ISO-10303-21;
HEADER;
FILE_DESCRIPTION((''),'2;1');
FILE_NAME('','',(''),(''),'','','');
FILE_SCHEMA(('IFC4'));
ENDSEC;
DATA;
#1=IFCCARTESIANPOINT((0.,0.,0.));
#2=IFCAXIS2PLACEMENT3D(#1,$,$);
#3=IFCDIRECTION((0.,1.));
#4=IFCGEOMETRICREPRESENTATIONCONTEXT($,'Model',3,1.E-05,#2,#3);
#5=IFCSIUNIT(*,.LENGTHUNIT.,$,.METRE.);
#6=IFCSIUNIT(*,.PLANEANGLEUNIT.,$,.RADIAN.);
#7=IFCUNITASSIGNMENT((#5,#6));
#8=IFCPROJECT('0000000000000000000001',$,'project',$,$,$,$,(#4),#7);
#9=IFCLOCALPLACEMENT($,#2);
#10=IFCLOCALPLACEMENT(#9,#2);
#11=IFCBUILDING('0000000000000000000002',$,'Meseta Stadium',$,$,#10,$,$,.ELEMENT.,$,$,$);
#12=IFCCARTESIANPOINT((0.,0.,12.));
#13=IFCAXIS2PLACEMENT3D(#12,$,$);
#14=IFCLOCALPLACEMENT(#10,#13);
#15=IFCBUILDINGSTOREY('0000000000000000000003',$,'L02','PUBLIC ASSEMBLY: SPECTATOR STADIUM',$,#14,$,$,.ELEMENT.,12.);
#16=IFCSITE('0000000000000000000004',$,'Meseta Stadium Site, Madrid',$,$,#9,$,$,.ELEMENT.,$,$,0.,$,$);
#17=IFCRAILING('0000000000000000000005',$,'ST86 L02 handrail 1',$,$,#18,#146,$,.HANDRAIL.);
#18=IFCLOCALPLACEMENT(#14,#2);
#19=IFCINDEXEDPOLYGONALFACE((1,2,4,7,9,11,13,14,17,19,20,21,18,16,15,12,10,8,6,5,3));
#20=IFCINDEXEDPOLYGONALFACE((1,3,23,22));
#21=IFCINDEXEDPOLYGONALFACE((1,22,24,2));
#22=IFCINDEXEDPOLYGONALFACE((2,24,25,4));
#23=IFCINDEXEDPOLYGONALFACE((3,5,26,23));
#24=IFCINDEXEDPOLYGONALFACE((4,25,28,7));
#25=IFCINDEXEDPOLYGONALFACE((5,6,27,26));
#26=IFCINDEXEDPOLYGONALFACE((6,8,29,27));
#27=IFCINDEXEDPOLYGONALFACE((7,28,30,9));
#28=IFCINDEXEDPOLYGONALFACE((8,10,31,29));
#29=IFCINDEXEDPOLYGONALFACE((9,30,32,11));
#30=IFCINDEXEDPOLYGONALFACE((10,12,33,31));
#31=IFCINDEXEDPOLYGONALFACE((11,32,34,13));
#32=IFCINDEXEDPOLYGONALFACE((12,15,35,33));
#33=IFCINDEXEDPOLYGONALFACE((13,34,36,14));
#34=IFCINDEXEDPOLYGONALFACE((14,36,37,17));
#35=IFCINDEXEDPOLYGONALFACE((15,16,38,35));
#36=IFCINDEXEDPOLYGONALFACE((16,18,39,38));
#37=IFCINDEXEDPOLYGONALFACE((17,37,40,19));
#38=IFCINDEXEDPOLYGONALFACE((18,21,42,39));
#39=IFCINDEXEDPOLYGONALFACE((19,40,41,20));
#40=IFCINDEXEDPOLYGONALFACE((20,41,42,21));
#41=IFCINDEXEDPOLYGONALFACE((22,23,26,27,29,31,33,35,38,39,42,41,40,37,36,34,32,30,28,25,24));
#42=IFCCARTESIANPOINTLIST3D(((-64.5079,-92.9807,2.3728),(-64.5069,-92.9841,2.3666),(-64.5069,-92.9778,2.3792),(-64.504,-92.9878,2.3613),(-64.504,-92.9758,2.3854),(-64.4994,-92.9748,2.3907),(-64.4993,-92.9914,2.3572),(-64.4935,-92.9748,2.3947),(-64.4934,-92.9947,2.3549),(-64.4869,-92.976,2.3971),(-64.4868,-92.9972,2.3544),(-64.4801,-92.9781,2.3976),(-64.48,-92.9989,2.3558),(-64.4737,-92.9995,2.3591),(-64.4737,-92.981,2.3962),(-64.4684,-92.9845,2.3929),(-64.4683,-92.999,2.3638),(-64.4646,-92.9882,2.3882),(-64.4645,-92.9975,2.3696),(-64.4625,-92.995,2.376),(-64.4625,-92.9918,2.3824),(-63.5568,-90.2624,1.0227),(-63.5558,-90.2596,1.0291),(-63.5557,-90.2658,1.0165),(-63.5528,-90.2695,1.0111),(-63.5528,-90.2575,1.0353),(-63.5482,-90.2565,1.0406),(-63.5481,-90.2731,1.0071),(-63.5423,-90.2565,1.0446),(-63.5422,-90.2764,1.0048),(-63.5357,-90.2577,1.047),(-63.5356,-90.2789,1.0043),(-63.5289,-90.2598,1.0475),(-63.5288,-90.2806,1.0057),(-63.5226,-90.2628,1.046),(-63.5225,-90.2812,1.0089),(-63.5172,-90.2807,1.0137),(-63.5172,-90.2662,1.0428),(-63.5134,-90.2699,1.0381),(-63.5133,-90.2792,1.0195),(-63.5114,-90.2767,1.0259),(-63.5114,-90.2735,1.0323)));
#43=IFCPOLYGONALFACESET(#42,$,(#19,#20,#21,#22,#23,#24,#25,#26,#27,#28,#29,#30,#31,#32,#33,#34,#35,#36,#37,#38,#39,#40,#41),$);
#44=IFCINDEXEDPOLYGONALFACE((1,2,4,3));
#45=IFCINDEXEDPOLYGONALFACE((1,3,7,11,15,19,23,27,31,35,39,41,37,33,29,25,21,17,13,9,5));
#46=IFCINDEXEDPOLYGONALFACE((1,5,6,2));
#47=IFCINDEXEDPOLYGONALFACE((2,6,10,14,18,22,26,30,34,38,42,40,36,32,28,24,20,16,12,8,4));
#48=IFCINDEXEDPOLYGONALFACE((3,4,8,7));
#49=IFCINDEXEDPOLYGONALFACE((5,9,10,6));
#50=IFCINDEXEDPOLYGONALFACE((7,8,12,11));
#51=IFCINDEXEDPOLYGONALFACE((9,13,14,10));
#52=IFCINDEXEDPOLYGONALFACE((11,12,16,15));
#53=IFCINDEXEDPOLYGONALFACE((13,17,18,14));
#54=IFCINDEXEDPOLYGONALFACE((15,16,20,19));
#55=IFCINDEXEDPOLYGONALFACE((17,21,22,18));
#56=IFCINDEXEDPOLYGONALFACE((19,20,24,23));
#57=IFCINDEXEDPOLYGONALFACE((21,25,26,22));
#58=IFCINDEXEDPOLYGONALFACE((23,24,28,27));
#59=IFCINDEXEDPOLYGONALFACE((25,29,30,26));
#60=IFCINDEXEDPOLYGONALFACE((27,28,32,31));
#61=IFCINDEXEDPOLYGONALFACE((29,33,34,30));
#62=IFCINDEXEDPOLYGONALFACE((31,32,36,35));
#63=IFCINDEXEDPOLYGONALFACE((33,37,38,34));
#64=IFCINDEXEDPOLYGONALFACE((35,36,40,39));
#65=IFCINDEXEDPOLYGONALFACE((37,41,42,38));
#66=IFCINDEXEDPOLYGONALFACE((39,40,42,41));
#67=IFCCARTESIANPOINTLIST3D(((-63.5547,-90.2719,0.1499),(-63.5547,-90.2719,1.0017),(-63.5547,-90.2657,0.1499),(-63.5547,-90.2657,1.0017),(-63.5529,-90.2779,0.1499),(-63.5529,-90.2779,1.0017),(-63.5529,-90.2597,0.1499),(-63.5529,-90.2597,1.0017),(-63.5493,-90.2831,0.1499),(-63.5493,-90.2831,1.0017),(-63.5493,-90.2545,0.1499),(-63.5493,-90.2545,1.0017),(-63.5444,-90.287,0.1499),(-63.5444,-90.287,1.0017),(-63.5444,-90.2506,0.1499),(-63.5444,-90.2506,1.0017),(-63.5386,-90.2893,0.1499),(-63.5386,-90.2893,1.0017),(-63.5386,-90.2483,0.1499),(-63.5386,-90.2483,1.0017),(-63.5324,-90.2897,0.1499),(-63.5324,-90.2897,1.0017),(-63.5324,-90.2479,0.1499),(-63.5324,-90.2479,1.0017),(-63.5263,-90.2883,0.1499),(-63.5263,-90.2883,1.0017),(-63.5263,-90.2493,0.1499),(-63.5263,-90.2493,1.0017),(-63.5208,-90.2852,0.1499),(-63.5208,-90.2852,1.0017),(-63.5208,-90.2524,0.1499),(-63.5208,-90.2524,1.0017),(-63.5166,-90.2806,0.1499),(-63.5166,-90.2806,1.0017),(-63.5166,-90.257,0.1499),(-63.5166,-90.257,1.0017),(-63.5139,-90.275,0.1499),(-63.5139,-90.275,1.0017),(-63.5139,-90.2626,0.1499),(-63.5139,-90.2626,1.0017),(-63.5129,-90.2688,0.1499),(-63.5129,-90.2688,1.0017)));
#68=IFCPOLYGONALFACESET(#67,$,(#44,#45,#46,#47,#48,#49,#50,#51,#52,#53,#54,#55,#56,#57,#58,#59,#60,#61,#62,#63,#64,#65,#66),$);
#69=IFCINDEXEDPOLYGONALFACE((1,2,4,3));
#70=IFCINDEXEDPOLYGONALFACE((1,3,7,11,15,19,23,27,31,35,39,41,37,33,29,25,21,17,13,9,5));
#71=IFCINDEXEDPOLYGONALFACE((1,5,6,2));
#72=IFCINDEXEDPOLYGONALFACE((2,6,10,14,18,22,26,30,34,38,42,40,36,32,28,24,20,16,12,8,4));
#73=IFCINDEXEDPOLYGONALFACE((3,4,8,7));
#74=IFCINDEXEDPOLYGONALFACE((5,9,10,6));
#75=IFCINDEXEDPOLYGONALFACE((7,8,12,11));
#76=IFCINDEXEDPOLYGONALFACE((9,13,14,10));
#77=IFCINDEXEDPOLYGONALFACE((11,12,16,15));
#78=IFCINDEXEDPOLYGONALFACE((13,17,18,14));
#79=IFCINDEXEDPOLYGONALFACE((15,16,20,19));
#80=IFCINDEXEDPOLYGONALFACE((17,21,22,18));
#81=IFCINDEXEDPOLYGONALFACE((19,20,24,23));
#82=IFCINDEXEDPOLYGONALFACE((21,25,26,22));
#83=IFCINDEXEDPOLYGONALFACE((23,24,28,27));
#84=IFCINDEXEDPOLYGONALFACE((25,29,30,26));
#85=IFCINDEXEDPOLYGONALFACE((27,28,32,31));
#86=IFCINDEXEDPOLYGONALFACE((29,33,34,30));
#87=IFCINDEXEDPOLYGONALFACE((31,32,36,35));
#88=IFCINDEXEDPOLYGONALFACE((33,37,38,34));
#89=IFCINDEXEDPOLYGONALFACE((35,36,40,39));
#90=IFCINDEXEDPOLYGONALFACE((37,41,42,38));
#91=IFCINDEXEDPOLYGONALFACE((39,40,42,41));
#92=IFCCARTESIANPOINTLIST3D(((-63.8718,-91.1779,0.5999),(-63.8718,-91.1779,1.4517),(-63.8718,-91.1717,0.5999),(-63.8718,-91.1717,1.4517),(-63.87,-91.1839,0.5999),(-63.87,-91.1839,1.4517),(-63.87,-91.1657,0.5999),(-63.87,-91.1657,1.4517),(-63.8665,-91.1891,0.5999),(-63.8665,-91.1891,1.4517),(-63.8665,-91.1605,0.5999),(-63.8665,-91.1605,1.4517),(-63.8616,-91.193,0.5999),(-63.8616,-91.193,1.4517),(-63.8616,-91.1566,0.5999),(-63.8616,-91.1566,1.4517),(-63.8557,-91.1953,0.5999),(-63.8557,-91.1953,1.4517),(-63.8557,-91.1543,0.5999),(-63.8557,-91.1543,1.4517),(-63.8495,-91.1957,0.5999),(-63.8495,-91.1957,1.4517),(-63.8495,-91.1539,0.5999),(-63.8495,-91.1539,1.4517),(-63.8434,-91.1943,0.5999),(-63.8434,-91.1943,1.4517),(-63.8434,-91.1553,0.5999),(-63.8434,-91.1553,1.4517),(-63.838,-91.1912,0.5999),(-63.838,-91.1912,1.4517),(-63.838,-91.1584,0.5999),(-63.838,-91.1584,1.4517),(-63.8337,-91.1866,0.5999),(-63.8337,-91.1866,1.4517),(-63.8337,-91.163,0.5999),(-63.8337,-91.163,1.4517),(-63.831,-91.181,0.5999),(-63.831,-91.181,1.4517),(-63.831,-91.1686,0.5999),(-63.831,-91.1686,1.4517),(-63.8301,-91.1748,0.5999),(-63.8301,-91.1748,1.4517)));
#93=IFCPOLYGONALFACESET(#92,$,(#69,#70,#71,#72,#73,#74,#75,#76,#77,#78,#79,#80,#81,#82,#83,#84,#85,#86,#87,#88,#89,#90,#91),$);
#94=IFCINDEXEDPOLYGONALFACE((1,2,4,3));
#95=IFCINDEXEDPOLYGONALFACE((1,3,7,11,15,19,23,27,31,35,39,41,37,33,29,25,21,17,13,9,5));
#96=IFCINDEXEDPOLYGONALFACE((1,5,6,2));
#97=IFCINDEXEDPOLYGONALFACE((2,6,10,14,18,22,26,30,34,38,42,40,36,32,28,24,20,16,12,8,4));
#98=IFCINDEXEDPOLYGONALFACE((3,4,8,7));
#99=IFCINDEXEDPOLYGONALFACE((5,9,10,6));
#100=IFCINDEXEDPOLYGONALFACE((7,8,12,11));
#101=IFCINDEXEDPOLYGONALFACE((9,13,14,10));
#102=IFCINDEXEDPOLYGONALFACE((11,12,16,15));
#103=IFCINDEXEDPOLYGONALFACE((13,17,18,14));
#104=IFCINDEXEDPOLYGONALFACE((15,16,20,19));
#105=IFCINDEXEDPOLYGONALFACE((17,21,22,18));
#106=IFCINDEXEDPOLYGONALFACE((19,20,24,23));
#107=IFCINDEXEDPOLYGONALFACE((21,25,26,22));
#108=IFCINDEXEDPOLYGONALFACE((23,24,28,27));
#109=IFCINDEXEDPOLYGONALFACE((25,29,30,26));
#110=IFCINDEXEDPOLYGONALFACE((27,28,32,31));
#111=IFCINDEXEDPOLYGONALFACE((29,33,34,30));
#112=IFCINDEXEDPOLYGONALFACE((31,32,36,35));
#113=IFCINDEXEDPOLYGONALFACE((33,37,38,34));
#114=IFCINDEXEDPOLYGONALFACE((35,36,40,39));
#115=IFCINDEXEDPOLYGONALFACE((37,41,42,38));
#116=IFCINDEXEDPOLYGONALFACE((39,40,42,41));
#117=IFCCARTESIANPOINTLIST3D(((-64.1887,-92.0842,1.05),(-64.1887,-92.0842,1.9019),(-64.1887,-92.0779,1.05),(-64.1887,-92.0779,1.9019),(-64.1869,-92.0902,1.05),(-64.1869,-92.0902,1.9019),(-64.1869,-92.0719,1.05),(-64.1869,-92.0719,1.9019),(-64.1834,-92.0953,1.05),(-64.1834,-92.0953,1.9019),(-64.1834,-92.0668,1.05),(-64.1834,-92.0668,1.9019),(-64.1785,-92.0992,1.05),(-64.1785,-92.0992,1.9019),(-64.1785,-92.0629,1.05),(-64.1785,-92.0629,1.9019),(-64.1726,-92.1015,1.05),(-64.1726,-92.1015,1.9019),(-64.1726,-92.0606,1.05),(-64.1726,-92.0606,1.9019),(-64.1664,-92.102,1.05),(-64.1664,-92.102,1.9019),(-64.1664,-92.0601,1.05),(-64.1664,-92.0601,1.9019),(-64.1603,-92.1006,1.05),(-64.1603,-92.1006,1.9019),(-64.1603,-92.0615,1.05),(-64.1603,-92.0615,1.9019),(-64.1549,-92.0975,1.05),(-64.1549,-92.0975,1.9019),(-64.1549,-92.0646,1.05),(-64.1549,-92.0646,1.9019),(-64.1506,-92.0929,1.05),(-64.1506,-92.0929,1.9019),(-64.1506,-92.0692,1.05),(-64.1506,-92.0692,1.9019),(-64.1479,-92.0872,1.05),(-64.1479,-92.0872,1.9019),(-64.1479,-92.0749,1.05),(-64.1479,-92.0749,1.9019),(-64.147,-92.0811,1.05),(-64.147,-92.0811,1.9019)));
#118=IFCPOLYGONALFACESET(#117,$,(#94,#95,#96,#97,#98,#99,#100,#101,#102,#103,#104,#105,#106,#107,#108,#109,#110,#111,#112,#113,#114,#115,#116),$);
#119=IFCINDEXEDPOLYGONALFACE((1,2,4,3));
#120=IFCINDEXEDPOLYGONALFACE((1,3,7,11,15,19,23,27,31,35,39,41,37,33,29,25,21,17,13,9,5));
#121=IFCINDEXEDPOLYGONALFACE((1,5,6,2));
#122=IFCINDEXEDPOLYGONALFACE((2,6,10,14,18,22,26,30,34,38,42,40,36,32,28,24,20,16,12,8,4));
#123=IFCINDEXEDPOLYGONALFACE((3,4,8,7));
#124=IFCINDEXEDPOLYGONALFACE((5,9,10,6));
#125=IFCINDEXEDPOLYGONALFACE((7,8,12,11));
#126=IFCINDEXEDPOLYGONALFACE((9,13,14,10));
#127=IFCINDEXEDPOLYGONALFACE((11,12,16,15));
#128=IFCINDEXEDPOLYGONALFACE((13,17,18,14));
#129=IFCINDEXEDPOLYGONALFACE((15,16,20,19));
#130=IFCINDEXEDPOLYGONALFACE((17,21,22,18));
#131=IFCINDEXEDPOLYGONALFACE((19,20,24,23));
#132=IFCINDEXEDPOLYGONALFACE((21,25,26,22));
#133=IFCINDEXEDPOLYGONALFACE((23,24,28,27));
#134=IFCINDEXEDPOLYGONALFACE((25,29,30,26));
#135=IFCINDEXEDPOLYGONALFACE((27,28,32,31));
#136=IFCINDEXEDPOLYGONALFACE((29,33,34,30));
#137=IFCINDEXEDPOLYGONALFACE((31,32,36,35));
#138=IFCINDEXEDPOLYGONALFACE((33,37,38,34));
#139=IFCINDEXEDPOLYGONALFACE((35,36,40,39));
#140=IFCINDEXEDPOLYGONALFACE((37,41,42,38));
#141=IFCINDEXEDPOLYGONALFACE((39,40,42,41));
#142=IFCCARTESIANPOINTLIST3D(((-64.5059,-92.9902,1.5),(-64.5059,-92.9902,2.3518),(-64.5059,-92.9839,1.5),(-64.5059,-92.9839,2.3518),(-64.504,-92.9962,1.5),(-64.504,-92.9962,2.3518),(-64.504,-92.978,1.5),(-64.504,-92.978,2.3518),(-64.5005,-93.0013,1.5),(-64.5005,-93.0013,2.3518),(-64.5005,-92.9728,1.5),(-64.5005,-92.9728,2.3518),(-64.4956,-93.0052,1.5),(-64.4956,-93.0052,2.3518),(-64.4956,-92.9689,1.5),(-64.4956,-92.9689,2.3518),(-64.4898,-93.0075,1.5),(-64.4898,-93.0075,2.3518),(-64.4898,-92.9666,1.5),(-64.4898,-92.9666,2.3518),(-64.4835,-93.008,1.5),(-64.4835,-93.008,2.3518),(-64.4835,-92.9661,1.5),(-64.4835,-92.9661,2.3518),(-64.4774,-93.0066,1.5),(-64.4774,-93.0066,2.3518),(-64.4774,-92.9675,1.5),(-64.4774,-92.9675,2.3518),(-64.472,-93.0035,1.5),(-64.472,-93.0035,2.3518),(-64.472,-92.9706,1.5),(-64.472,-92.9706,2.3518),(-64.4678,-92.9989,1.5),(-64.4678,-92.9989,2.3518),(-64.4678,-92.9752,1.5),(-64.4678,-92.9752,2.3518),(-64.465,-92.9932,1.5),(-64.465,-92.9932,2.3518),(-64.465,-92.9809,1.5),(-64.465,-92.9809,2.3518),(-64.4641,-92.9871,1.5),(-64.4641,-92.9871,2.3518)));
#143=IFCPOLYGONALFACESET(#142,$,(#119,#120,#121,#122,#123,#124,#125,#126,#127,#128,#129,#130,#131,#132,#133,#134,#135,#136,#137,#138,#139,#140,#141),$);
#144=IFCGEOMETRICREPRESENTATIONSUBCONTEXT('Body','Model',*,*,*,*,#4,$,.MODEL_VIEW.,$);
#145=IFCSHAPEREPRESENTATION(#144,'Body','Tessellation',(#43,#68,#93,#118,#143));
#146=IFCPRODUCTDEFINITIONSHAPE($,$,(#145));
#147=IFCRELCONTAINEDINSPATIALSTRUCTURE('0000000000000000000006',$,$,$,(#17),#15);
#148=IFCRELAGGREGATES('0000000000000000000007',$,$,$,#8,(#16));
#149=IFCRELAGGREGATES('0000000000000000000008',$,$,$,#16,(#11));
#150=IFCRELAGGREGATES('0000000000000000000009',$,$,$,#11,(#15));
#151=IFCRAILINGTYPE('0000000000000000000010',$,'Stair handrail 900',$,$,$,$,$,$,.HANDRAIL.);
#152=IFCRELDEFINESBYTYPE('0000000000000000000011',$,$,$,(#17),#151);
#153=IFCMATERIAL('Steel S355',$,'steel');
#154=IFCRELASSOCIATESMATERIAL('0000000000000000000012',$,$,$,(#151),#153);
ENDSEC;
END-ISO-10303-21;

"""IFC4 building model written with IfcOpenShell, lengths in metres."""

from ifc_helpers import new_model, si_unit, direction, frame, origin, origin_2d, place, context, subcontext, project, spatial, circle, extrude, material, type_object, element, save


model = new_model("IFC4")

# Units and contexts
model_context = context("Model", 3, precision=1e-05, world=origin(), true_north=direction((0.0, 1.0)))
body_context = subcontext(model_context, "Body", "Model", "MODEL_VIEW")
ifc_project = project(units=[si_unit("LENGTHUNIT", "METRE"), si_unit("PLANEANGLEUNIT", "RADIAN")], contexts=[model_context])

# Site, building, storey
site_placement = place(None, origin())
site = spatial("IfcSite", under=ifc_project, at=site_placement, Name="Meseta Stadium Site, Madrid", CompositionType="ELEMENT", RefElevation=0.0)
building_placement = place(site_placement, origin())
building = spatial("IfcBuilding", under=site, at=building_placement, Name="Meseta Stadium", CompositionType="ELEMENT")
storey_placement = place(building_placement, frame((0.0, 0.0, 12.0)))
storey = spatial("IfcBuildingStorey", under=building, at=storey_placement, Name="L02", Description="PUBLIC ASSEMBLY: SPECTATOR STADIUM", CompositionType="ELEMENT", Elevation=12.0)

# Railing
ifc_material_1 = material(Name="Steel S355", Category="steel")
railing_type_1 = type_object("IfcRailingType", Name="Stair handrail 900", PredefinedType="HANDRAIL", material=ifc_material_1)
railing_1_placement = place(storey_placement, frame((-63.5339, -90.2688, 0.1499)))
element("IfcRailing", 1, at=railing_1_placement, inside=storey, type_object=railing_type_1, Name="ST86 L02 handrail 1", PredefinedType="HANDRAIL", context=body_context, shape_type="SweptSolid", body=[
    extrude(circle(Radius=0.0239, at=origin_2d()), frame((0.0, 0.0, 0.876), z_axis=(-0.299051, -0.854629, 0.424474), x_axis=(0.943882, -0.330282, 0.0)), (0.0, 0.0, 1.0), 3.1807),
    extrude(circle(Radius=0.021, at=origin_2d()), origin(), (0.0, 0.0, 1.0), 0.8518),
    extrude(circle(Radius=0.021, at=origin_2d()), frame((-0.3171, -0.906, 0.45)), (0.0, 0.0, 1.0), 0.8518),
    extrude(circle(Radius=0.021, at=origin_2d()), frame((-0.634, -1.8123, 0.9001)), (0.0, 0.0, 1.0), 0.8518),
    extrude(circle(Radius=0.021, at=origin_2d()), frame((-0.9512, -2.7183, 1.3501)), (0.0, 0.0, 1.0), 0.8518),
])

save(model, "model.ifc")
